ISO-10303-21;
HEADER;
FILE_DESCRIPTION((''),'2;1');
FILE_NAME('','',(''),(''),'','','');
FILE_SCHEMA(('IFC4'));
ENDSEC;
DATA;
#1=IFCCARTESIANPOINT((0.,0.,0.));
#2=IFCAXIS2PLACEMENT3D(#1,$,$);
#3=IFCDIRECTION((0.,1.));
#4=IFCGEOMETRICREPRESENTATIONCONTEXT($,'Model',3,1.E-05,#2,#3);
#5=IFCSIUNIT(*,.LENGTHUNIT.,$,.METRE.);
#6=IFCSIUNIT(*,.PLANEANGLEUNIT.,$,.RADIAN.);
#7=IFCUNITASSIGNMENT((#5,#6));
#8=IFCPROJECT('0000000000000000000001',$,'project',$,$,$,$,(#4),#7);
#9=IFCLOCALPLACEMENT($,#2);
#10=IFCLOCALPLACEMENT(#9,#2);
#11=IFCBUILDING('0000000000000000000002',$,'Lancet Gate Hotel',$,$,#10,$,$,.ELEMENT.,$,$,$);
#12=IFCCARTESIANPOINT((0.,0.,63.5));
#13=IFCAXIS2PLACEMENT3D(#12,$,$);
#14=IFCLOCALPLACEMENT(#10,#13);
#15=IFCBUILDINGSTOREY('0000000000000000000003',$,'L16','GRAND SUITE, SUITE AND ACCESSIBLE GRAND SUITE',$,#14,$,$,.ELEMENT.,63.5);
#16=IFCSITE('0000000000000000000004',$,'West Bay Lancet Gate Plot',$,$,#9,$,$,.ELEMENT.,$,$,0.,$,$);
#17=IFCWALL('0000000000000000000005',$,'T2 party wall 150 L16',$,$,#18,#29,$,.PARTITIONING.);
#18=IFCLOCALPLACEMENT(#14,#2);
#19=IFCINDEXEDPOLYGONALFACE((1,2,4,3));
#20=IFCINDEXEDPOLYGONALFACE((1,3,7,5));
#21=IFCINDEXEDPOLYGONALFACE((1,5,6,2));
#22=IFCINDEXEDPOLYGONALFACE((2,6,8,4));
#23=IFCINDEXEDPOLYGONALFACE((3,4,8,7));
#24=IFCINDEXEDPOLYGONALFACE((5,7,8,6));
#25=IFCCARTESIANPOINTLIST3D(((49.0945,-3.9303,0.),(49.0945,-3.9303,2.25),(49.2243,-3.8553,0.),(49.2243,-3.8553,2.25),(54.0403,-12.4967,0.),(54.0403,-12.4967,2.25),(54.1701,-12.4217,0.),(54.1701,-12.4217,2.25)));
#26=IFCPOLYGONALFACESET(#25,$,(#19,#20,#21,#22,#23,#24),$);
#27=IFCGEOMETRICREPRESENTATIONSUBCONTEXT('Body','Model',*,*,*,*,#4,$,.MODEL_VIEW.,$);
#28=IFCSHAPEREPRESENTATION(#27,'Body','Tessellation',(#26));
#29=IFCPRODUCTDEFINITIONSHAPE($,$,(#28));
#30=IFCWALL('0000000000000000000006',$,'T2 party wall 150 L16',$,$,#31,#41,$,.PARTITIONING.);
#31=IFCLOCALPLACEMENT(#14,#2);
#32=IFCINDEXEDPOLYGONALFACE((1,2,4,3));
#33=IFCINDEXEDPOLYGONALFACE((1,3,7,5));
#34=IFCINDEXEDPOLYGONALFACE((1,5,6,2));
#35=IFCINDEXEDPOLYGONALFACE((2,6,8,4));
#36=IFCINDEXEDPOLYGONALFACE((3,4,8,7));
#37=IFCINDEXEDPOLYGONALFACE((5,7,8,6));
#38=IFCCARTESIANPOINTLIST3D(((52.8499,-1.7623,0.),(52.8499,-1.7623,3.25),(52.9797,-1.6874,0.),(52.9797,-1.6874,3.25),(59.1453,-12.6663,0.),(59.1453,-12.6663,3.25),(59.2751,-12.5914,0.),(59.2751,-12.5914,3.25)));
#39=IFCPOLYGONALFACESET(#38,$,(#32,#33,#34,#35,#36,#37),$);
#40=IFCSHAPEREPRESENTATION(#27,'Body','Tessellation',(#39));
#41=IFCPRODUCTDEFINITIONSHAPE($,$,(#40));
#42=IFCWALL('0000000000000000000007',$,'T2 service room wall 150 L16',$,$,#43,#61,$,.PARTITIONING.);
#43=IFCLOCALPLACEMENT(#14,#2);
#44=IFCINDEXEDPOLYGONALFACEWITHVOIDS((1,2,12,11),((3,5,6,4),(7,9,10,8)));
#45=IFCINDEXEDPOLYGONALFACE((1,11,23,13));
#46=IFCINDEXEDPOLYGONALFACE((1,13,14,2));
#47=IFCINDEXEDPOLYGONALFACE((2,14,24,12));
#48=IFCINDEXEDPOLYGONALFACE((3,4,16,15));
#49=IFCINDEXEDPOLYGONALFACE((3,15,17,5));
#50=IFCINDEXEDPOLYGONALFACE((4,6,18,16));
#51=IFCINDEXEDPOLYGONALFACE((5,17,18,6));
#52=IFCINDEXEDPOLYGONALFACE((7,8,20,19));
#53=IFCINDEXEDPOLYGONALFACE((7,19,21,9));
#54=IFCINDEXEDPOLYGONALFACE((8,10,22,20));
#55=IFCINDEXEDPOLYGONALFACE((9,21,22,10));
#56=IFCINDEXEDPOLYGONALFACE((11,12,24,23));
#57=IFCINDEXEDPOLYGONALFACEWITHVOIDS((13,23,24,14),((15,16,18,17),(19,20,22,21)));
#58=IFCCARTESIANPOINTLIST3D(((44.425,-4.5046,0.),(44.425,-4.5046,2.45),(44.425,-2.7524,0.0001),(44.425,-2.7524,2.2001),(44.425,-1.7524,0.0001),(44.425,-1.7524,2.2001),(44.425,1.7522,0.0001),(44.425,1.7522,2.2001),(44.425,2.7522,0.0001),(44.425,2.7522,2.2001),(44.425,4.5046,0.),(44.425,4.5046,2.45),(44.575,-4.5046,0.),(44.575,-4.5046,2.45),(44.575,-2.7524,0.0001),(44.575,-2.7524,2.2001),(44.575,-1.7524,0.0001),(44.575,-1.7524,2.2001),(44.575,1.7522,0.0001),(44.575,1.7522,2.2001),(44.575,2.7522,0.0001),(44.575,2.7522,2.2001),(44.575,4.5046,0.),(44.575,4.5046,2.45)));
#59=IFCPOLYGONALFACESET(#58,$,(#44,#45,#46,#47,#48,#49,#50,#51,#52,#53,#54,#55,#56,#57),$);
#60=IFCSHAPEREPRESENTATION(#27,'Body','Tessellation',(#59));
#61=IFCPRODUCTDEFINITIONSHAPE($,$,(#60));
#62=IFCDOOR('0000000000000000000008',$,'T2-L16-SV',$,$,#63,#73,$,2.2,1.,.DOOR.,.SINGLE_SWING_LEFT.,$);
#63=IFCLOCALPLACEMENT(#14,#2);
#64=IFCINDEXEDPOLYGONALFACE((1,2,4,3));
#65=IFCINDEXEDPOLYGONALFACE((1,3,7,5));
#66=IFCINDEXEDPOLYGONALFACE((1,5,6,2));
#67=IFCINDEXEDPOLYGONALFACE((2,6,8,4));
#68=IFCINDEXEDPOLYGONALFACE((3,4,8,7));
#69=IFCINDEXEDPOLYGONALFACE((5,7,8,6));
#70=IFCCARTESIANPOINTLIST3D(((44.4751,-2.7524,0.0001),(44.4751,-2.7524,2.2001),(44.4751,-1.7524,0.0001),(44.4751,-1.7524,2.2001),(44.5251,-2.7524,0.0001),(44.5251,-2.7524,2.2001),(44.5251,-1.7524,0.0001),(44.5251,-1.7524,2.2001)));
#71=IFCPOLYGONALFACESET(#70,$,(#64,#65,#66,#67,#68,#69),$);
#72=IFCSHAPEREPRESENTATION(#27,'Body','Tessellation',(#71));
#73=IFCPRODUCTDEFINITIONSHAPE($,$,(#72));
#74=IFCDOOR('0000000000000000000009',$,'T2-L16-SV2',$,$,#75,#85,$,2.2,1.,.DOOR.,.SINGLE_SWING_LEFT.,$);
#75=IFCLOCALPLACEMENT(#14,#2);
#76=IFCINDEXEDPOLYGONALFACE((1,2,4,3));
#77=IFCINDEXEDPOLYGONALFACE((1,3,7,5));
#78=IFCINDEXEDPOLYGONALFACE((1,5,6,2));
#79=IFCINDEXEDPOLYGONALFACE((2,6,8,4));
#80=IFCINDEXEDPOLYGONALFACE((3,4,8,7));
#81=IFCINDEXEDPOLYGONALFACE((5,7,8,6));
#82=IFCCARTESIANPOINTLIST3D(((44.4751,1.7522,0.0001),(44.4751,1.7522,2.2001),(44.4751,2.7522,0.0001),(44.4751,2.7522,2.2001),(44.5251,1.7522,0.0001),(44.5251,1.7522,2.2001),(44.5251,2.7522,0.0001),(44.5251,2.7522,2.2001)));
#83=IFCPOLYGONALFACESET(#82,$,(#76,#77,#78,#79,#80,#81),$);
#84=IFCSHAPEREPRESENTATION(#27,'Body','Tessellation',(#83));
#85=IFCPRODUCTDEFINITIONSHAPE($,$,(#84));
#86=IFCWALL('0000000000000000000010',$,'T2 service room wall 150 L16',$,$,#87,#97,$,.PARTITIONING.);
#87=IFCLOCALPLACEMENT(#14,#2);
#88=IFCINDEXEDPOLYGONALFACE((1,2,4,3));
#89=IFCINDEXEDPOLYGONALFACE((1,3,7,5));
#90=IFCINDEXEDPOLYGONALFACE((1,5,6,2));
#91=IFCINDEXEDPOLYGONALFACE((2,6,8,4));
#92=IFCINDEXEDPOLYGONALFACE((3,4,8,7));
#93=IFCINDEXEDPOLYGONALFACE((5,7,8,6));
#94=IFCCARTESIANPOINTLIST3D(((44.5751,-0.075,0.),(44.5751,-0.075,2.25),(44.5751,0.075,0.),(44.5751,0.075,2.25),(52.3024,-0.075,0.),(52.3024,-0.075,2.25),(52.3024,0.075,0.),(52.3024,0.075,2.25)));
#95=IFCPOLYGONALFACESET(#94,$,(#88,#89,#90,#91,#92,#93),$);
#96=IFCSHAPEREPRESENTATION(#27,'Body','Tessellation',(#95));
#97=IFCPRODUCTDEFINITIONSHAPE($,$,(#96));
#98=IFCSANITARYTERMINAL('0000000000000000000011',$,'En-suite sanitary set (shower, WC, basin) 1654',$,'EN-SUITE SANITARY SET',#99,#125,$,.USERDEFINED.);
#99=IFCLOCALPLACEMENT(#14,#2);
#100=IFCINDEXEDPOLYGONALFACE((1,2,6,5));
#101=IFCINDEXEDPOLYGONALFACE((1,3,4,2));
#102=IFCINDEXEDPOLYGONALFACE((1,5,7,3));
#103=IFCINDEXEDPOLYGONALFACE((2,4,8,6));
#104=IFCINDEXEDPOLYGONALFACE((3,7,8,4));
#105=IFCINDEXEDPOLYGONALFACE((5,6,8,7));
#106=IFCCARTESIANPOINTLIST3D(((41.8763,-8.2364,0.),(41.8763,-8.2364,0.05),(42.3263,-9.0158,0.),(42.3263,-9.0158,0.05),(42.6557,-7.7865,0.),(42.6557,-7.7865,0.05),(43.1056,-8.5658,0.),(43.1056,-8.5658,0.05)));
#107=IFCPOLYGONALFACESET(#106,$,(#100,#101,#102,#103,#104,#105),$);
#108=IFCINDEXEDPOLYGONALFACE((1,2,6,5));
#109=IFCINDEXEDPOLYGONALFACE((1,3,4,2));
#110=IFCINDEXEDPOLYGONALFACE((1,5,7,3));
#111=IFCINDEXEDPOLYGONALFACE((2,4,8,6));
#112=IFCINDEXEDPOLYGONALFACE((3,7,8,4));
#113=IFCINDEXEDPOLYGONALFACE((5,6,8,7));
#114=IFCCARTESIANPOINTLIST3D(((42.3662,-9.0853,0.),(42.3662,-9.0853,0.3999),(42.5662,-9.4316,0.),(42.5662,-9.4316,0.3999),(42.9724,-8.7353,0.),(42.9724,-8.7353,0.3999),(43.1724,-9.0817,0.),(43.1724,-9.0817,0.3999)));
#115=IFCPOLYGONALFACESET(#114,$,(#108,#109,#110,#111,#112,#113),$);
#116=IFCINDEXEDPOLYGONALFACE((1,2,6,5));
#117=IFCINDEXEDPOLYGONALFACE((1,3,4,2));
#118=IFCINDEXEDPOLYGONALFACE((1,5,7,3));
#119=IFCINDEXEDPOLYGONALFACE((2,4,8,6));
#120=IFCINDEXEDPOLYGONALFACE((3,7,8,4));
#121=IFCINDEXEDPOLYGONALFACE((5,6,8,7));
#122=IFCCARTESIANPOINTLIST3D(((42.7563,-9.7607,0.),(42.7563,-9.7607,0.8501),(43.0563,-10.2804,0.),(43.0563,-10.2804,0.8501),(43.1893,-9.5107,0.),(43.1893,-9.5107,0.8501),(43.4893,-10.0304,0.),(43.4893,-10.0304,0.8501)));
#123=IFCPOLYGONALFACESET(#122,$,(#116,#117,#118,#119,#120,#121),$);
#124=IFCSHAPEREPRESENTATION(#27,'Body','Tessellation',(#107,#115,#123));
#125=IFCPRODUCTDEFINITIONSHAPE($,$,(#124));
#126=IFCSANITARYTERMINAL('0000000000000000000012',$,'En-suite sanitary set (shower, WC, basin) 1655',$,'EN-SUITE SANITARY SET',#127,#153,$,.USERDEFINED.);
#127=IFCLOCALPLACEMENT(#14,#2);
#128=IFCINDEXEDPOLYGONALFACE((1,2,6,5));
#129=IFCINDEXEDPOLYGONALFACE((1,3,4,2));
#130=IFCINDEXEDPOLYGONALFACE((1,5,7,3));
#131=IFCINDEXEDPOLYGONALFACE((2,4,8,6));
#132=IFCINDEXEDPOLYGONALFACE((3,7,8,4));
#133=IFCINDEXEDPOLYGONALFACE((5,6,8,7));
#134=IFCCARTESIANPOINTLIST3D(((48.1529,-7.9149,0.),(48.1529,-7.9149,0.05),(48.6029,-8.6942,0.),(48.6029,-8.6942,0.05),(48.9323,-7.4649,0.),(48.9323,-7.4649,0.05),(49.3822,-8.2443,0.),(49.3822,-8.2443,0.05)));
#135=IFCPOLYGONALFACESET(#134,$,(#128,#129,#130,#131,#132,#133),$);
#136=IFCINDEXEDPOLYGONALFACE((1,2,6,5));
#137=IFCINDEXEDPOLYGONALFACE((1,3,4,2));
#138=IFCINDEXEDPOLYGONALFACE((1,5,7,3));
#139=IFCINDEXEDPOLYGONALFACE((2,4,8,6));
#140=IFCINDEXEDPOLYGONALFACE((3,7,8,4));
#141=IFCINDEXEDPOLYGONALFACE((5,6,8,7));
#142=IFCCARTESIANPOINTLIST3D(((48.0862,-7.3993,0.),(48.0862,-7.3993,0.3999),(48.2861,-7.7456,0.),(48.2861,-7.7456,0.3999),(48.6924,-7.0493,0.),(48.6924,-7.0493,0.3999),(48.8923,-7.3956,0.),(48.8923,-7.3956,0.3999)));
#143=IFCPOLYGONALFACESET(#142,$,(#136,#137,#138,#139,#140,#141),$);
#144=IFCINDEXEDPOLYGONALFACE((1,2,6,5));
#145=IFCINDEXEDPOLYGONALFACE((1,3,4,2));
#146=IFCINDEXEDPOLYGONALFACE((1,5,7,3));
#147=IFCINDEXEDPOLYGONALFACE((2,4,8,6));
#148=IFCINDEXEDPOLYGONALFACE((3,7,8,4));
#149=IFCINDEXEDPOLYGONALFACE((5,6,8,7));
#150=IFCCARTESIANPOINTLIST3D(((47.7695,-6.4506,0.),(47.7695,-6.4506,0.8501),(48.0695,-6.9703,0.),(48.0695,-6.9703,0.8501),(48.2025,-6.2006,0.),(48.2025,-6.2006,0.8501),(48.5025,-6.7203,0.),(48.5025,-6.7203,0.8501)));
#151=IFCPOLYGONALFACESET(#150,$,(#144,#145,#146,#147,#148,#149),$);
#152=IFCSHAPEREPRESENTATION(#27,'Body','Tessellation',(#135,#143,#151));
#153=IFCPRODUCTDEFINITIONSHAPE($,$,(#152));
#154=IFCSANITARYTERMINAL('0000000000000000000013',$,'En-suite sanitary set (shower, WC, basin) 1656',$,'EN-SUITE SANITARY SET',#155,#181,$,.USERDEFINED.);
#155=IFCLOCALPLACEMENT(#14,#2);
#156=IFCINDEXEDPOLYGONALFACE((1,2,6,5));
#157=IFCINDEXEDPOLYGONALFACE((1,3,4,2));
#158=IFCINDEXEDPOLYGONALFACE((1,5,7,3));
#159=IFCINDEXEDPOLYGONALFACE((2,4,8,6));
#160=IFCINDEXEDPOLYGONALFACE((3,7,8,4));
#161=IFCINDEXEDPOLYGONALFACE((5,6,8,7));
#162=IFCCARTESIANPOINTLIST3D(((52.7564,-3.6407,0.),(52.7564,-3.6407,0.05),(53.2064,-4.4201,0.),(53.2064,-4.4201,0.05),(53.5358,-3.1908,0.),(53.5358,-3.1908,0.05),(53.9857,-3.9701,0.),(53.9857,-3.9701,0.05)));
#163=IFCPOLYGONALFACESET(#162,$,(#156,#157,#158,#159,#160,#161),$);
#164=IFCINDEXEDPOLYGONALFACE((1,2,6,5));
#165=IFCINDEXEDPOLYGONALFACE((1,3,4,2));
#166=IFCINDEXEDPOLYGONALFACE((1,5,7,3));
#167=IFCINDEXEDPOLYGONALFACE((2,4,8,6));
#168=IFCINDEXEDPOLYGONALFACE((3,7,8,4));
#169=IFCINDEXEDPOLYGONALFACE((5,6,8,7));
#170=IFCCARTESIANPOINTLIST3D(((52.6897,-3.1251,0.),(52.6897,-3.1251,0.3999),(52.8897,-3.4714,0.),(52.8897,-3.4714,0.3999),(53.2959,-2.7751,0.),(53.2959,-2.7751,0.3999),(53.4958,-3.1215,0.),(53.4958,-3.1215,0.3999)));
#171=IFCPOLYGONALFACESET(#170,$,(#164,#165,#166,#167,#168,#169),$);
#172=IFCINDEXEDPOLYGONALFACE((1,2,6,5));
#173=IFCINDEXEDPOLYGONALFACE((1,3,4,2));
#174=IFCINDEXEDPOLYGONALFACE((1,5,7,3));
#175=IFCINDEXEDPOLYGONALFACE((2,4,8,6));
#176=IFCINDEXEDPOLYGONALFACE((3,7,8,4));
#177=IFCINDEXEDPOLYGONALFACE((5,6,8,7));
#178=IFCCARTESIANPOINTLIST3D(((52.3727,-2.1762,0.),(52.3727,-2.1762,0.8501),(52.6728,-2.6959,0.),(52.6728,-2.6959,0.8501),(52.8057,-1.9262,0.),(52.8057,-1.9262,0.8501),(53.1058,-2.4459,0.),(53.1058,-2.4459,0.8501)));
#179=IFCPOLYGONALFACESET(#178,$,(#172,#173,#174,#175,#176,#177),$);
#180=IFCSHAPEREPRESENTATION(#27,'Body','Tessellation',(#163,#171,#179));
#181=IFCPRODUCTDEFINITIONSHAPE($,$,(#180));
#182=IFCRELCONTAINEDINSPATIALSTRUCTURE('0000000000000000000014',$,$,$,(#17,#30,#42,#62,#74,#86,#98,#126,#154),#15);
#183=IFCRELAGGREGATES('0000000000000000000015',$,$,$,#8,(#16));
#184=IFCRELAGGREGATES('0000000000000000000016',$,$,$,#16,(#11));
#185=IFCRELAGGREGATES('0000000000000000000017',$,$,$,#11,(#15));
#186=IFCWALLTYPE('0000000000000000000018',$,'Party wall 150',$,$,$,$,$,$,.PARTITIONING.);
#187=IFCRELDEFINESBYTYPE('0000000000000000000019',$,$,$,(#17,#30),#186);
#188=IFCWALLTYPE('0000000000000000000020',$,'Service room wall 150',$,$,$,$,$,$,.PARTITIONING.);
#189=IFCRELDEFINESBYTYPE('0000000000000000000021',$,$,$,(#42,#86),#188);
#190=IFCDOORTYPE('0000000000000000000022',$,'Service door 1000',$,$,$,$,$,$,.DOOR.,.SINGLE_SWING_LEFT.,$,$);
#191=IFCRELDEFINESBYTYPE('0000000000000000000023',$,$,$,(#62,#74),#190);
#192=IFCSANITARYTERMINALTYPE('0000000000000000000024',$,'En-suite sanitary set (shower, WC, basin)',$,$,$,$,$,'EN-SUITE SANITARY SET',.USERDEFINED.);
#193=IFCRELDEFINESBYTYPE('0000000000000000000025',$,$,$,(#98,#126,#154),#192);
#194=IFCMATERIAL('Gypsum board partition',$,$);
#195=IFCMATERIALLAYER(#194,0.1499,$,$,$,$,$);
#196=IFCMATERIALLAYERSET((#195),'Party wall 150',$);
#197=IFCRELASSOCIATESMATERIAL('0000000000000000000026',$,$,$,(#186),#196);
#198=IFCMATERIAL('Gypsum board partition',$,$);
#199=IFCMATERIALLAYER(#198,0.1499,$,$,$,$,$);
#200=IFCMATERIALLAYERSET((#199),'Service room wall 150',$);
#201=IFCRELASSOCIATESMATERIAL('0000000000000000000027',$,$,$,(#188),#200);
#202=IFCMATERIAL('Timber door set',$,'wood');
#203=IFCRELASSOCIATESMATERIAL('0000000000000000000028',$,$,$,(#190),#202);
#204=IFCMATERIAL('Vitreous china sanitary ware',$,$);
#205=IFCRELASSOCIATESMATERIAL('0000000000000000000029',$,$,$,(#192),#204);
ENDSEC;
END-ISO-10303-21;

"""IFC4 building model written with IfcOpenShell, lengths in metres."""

from ifc_helpers import new_model, si_unit, direction, frame, frame_2d, origin, origin_2d, place, context, subcontext, project, spatial, rectangle, extrude, material, layer, layer_set, type_object, element, fill, save


model = new_model("IFC4")

# Units and contexts
model_context = context("Model", 3, precision=1e-05, world=origin(), true_north=direction((0.0, 1.0)))
body_context = subcontext(model_context, "Body", "Model", "MODEL_VIEW")
ifc_project = project(units=[si_unit("LENGTHUNIT", "METRE"), si_unit("PLANEANGLEUNIT", "RADIAN")], contexts=[model_context])

# Site, building, storey
site_placement = place(None, origin())
site = spatial("IfcSite", under=ifc_project, at=site_placement, Name="West Bay Lancet Gate Plot", CompositionType="ELEMENT", RefElevation=0.0)
building_placement = place(site_placement, origin())
building = spatial("IfcBuilding", under=site, at=building_placement, Name="Lancet Gate Hotel", CompositionType="ELEMENT")
storey_placement = place(building_placement, frame((0.0, 0.0, 63.5)))
storey = spatial("IfcBuildingStorey", under=building, at=storey_placement, Name="L16", Description="GRAND SUITE, SUITE AND ACCESSIBLE GRAND SUITE", CompositionType="ELEMENT", Elevation=63.5)

# Walls
ifc_material_1 = material(Name="Gypsum board partition")
ifc_layer_1 = layer(ifc_material_1, 0.1499)
ifc_layer_set_1 = layer_set([ifc_layer_1], Name="Party wall 150")
wall_type_1 = type_object("IfcWallType", Name="Party wall 150", PredefinedType="PARTITIONING", material=ifc_layer_set_1)
wall_1_placement = place(storey_placement, frame((49.1594, -3.8928, 0.0), z_axis=(0.0, 0.0, 1.0), x_axis=(0.499999, -0.866026, 0.0)))
element("IfcWall", 1, at=wall_1_placement, inside=storey, type_object=wall_type_1, Name="T2 party wall 150 L16", PredefinedType="PARTITIONING", context=body_context, shape_type="SweptSolid", body=[
    extrude(rectangle(XDim=9.8916, YDim=0.1499, at=frame_2d((4.9458, 0.0))), origin(), (0.0, 0.0, 1.0), 2.25),
])
wall_2_placement = place(storey_placement, frame((52.9148, -1.7249, 0.0), z_axis=(0.0, 0.0, 1.0), x_axis=(0.499997, -0.866027, 0.0)))
element("IfcWall", 2, at=wall_2_placement, inside=storey, type_object=wall_type_1, Name="T2 party wall 150 L16", PredefinedType="PARTITIONING", context=body_context, shape_type="SweptSolid", body=[
    extrude(rectangle(XDim=12.5908, YDim=0.1499, at=frame_2d((6.2954, 0.0))), origin(), (0.0, 0.0, 1.0), 3.25),
])

# Wall, openings, doors
ifc_material_2 = material(Name="Gypsum board partition")
ifc_layer_2 = layer(ifc_material_2, 0.1499)
ifc_layer_set_2 = layer_set([ifc_layer_2], Name="Service room wall 150")
wall_type_2 = type_object("IfcWallType", Name="Service room wall 150", PredefinedType="PARTITIONING", material=ifc_layer_set_2)
wall_3_placement = place(storey_placement, frame((44.5, -4.5046, 0.0), z_axis=(0.0, 0.0, 1.0), x_axis=(0.0, 1.0, 0.0)))
wall_3 = element("IfcWall", 3, at=wall_3_placement, inside=storey, type_object=wall_type_2, Name="T2 service room wall 150 L16", PredefinedType="PARTITIONING", context=body_context, shape_type="SweptSolid", body=[
    extrude(rectangle(XDim=9.0093, YDim=0.1499, at=frame_2d((4.5046, 0.0))), origin(), (0.0, 0.0, 1.0), 2.45),
])
opening_1_placement = place(wall_3_placement, frame((1.7522, 0.0, 0.0)))
opening_1 = element("IfcOpeningElement", 4, at=opening_1_placement, cuts=wall_3, PredefinedType="OPENING", context=body_context, shape_type="SweptSolid", body=[
    extrude(rectangle(XDim=1.0, YDim=2.2, at=frame_2d((0.5, 1.1001))), frame((0.0, 0.085, 0.0), z_axis=(0.0, -1.0, 0.0), x_axis=(1.0, 0.0, 0.0)), (0.0, 0.0, 1.0), 0.1699),
])
opening_2_placement = place(wall_3_placement, frame((6.2568, 0.0, 0.0)))
opening_2 = element("IfcOpeningElement", 5, at=opening_2_placement, cuts=wall_3, PredefinedType="OPENING", context=body_context, shape_type="SweptSolid", body=[
    extrude(rectangle(XDim=1.0, YDim=2.2, at=frame_2d((0.5, 1.1001))), frame((0.0, 0.085, 0.0), z_axis=(0.0, -1.0, 0.0), x_axis=(1.0, 0.0, 0.0)), (0.0, 0.0, 1.0), 0.1699),
])
ifc_material_3 = material(Name="Timber door set", Category="wood")
door_type_1 = type_object("IfcDoorType", Name="Service door 1000", OperationType="SINGLE_SWING_LEFT", PredefinedType="DOOR", material=ifc_material_3)
door_1_placement = place(opening_1_placement, origin())
door_1 = element("IfcDoor", 6, at=door_1_placement, inside=storey, type_object=door_type_1, Name="T2-L16-SV", OperationType="SINGLE_SWING_LEFT", OverallHeight=2.2, OverallWidth=1.0, PredefinedType="DOOR", context=body_context, shape_type="SweptSolid", body=[
    extrude(rectangle(XDim=1.0, YDim=2.2, at=frame_2d((0.5, 1.1001))), frame((0.0, 0.0249, 0.0), z_axis=(0.0, -1.0, 0.0), x_axis=(1.0, 0.0, 0.0)), (0.0, 0.0, 1.0), 0.05),
])
fill(opening_1, door_1)
door_2_placement = place(opening_2_placement, origin())
door_2 = element("IfcDoor", 7, at=door_2_placement, inside=storey, type_object=door_type_1, Name="T2-L16-SV2", OperationType="SINGLE_SWING_LEFT", OverallHeight=2.2, OverallWidth=1.0, PredefinedType="DOOR", context=body_context, shape_type="SweptSolid", body=[
    extrude(rectangle(XDim=1.0, YDim=2.2, at=frame_2d((0.5, 1.1001))), frame((0.0, 0.0249, 0.0), z_axis=(0.0, -1.0, 0.0), x_axis=(1.0, 0.0, 0.0)), (0.0, 0.0, 1.0), 0.05),
])
fill(opening_2, door_2)

# Wall
wall_4_placement = place(storey_placement, frame((44.575, 0.0, 0.0), z_axis=(0.0, 0.0, 1.0), x_axis=(1.0, 0.0, 0.0)))
element("IfcWall", 8, at=wall_4_placement, inside=storey, type_object=wall_type_2, Name="T2 service room wall 150 L16", PredefinedType="PARTITIONING", context=body_context, shape_type="SweptSolid", body=[
    extrude(rectangle(XDim=7.7273, YDim=0.1499, at=frame_2d((3.8638, 0.0))), origin(), (0.0, 0.0, 1.0), 2.25),
])

# Sanitary terminals
ifc_material_4 = material(Name="Vitreous china sanitary ware")
sanitary_terminal_type = type_object("IfcSanitaryTerminalType", Name="En-suite sanitary set (shower, WC, basin)", ElementType="EN-SUITE SANITARY SET", PredefinedType="USERDEFINED", material=ifc_material_4)
sanitary_terminal_1_placement = place(storey_placement, frame((42.491, -8.4011, 0.0), z_axis=(0.0, 0.0, 1.0), x_axis=(1.0, 0.0, 0.0)))
element("IfcSanitaryTerminal", 9, at=sanitary_terminal_1_placement, inside=storey, type_object=sanitary_terminal_type, Name="En-suite sanitary set (shower, WC, basin) 1654", ObjectType="EN-SUITE SANITARY SET", PredefinedType="USERDEFINED", context=body_context, shape_type="SweptSolid", body=[
    extrude(rectangle(XDim=0.8999, YDim=0.8999, at=origin_2d()), frame((0.0, 0.0, 0.0), z_axis=(0.0, 0.0, 1.0), x_axis=(-0.5, 0.866025, 0.0)), (0.0, 0.0, 1.0), 0.05),
    extrude(rectangle(XDim=0.3999, YDim=0.7, at=origin_2d()), frame((0.2783, -0.6824, 0.0), z_axis=(0.0, 0.0, 1.0), x_axis=(-0.5, 0.866025, 0.0)), (0.0, 0.0, 1.0), 0.3999),
    extrude(rectangle(XDim=0.6001, YDim=0.5, at=origin_2d()), frame((0.6318, -1.4944, 0.0), z_axis=(0.0, 0.0, 1.0), x_axis=(-0.5, 0.866025, 0.0)), (0.0, 0.0, 1.0), 0.8501),
])
sanitary_terminal_2_placement = place(storey_placement, frame((48.7676, -8.0796, 0.0), z_axis=(0.0, 0.0, 1.0), x_axis=(1.0, 0.0, 0.0)))
element("IfcSanitaryTerminal", 10, at=sanitary_terminal_2_placement, inside=storey, type_object=sanitary_terminal_type, Name="En-suite sanitary set (shower, WC, basin) 1655", ObjectType="EN-SUITE SANITARY SET", PredefinedType="USERDEFINED", context=body_context, shape_type="SweptSolid", body=[
    extrude(rectangle(XDim=0.8999, YDim=0.8999, at=origin_2d()), frame((0.0, 0.0, 0.0), z_axis=(0.0, 0.0, 1.0), x_axis=(0.5, -0.866025, 0.0)), (0.0, 0.0, 1.0), 0.05),
    extrude(rectangle(XDim=0.3999, YDim=0.7, at=origin_2d()), frame((-0.2783, 0.6821, 0.0), z_axis=(0.0, 0.0, 1.0), x_axis=(0.5, -0.866025, 0.0)), (0.0, 0.0, 1.0), 0.3999),
    extrude(rectangle(XDim=0.6001, YDim=0.5, at=origin_2d()), frame((-0.6316, 1.4941, 0.0), z_axis=(0.0, 0.0, 1.0), x_axis=(0.5, -0.866025, 0.0)), (0.0, 0.0, 1.0), 0.8501),
])
sanitary_terminal_3_placement = place(storey_placement, frame((53.3711, -3.8054, 0.0), z_axis=(0.0, 0.0, 1.0), x_axis=(1.0, 0.0, 0.0)))
element("IfcSanitaryTerminal", 11, at=sanitary_terminal_3_placement, inside=storey, type_object=sanitary_terminal_type, Name="En-suite sanitary set (shower, WC, basin) 1656", ObjectType="EN-SUITE SANITARY SET", PredefinedType="USERDEFINED", context=body_context, shape_type="SweptSolid", body=[
    extrude(rectangle(XDim=0.8999, YDim=0.8999, at=origin_2d()), frame((0.0, 0.0, 0.0), z_axis=(0.0, 0.0, 1.0), x_axis=(0.5, -0.866025, 0.0)), (0.0, 0.0, 1.0), 0.05),
    extrude(rectangle(XDim=0.3999, YDim=0.7, at=origin_2d()), frame((-0.2783, 0.6821, 0.0), z_axis=(0.0, 0.0, 1.0), x_axis=(0.5, -0.866025, 0.0)), (0.0, 0.0, 1.0), 0.3999),
    extrude(rectangle(XDim=0.6001, YDim=0.5, at=origin_2d()), frame((-0.6318, 1.4944, 0.0), z_axis=(0.0, 0.0, 1.0), x_axis=(0.5, -0.866025, 0.0)), (0.0, 0.0, 1.0), 0.8501),
])

save(model, "model.ifc")
